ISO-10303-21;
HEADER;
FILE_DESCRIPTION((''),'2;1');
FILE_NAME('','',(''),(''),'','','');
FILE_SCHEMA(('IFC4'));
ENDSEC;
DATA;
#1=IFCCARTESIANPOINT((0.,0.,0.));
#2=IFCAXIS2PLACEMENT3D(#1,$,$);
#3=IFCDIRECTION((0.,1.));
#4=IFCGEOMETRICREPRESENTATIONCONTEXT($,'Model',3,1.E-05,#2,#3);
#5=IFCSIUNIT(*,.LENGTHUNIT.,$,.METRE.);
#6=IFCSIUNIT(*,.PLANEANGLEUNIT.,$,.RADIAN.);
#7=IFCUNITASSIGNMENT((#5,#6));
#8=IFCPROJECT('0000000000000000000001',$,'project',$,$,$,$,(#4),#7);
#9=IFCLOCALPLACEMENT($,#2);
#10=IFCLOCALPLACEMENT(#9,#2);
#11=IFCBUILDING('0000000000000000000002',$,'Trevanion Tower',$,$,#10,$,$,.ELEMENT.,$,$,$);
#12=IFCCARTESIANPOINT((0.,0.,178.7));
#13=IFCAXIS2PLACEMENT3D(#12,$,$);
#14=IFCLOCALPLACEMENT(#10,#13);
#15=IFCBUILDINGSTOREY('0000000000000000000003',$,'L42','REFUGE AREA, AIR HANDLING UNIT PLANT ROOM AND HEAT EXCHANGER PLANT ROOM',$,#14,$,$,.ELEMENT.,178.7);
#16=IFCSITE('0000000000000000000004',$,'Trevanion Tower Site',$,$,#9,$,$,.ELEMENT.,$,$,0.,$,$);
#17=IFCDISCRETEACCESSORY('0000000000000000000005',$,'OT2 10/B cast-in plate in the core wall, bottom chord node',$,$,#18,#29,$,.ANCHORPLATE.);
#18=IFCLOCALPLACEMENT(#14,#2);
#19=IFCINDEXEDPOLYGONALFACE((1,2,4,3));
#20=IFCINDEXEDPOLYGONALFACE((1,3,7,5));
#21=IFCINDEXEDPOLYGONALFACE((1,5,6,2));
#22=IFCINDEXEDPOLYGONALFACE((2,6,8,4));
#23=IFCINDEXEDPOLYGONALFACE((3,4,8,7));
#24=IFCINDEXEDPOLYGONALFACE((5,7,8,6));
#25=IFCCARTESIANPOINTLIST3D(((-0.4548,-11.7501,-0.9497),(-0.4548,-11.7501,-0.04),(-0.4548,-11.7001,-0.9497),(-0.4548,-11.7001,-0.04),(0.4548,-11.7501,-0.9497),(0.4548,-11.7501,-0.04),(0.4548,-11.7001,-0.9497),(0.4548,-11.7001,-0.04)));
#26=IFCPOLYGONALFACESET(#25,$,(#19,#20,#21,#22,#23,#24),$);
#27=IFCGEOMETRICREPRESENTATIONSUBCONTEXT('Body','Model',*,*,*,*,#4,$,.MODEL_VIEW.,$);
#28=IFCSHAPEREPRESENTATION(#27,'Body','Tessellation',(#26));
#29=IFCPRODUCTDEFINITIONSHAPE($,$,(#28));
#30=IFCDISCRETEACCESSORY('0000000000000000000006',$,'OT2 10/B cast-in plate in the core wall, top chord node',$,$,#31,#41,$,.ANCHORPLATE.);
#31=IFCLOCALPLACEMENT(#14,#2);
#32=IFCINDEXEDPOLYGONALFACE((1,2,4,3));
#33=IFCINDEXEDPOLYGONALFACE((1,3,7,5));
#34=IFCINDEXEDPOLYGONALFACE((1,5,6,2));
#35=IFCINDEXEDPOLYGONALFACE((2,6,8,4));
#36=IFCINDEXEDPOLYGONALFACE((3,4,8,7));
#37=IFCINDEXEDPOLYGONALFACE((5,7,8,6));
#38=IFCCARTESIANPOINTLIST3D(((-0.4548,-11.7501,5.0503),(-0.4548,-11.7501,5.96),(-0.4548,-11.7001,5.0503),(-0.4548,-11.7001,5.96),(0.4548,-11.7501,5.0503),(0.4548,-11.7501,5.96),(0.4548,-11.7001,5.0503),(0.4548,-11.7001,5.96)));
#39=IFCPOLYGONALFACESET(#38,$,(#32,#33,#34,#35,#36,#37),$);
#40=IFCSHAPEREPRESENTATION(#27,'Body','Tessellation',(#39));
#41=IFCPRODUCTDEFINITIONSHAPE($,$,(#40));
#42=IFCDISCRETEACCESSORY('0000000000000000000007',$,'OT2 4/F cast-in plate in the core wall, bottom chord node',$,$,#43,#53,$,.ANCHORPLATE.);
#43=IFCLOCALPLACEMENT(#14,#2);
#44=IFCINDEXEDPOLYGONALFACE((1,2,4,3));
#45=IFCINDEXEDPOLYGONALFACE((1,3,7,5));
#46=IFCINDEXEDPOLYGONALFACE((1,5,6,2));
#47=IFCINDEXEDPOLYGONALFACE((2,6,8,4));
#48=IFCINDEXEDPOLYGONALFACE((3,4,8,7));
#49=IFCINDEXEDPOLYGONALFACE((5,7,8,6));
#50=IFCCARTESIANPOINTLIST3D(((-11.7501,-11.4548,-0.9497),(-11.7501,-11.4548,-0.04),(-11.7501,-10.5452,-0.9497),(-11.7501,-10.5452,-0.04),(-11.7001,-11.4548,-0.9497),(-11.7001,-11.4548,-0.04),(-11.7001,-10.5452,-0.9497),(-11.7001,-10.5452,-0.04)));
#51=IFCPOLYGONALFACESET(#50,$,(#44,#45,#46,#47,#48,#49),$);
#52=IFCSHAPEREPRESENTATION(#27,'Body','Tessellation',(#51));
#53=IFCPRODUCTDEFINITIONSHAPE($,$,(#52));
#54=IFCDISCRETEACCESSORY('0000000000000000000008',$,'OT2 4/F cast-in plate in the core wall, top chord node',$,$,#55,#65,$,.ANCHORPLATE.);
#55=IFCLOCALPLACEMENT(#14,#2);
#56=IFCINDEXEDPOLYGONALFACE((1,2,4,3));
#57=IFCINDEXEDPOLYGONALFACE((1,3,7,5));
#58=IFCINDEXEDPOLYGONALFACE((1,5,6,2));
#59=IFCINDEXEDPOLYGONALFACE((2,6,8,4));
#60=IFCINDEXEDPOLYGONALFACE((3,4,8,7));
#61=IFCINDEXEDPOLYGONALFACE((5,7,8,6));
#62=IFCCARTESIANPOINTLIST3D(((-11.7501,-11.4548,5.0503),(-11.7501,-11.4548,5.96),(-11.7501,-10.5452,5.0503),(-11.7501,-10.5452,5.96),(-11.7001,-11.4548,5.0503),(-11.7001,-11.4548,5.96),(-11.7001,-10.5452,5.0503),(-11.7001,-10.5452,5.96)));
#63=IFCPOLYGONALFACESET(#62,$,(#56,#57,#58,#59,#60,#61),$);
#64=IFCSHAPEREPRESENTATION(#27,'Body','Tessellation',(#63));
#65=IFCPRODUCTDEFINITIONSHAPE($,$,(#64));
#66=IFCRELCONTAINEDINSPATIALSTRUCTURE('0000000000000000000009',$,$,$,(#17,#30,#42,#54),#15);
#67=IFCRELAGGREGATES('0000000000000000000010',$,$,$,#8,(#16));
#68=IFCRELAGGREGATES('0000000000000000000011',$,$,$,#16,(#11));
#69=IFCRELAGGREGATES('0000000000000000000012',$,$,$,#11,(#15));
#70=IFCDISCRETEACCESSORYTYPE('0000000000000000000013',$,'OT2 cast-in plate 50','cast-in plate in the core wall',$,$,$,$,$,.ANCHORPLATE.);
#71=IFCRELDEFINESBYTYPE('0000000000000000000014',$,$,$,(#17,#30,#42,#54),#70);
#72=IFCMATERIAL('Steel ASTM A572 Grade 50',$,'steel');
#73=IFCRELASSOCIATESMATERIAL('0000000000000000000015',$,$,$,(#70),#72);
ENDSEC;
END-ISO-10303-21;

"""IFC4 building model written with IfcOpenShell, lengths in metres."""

from ifc_helpers import new_model, si_unit, direction, frame, origin, origin_2d, place, context, subcontext, project, spatial, rectangle, extrude, material, type_object, element, save


model = new_model("IFC4")

# Units and contexts
model_context = context("Model", 3, precision=1e-05, world=origin(), true_north=direction((0.0, 1.0)))
body_context = subcontext(model_context, "Body", "Model", "MODEL_VIEW")
ifc_project = project(units=[si_unit("LENGTHUNIT", "METRE"), si_unit("PLANEANGLEUNIT", "RADIAN")], contexts=[model_context])

# Site, building, storey
site_placement = place(None, origin())
site = spatial("IfcSite", under=ifc_project, at=site_placement, Name="Trevanion Tower Site", CompositionType="ELEMENT", RefElevation=0.0)
building_placement = place(site_placement, origin())
building = spatial("IfcBuilding", under=site, at=building_placement, Name="Trevanion Tower", CompositionType="ELEMENT")
storey_placement = place(building_placement, frame((0.0, 0.0, 178.7)))
storey = spatial("IfcBuildingStorey", under=building, at=storey_placement, Name="L42", Description="REFUGE AREA, AIR HANDLING UNIT PLANT ROOM AND HEAT EXCHANGER PLANT ROOM", CompositionType="ELEMENT", Elevation=178.7)

# Discrete accessories
ifc_material_1 = material(Name="Steel ASTM A572 Grade 50", Category="steel")
discrete_accessory_type = type_object("IfcDiscreteAccessoryType", Name="OT2 cast-in plate 50", Description="cast-in plate in the core wall", PredefinedType="ANCHORPLATE", material=ifc_material_1)
for number, where, z_axis, x_axis, name in (
    (1, (0.0, -11.7251, -0.9497), (0.0, 0.0, 1.0), (0.0, -1.0, 0.0), "OT2 10/B cast-in plate in the core wall, bottom chord node"),
    (2, (0.0, -11.7251, 5.0503), (0.0, 0.0, 1.0), (0.0, -1.0, 0.0), "OT2 10/B cast-in plate in the core wall, top chord node"),
    (3, (-11.7251, -11.0, -0.9497), (0.0, 0.0, 1.0), (-1.0, 0.0, 0.0), "OT2 4/F cast-in plate in the core wall, bottom chord node"),
    (4, (-11.7251, -11.0, 5.0503), (0.0, 0.0, 1.0), (-1.0, 0.0, 0.0), "OT2 4/F cast-in plate in the core wall, top chord node"),
):
    element("IfcDiscreteAccessory", number, at=place(storey_placement, frame(where, z_axis=z_axis, x_axis=x_axis)), inside=storey, type_object=discrete_accessory_type, Name=name, PredefinedType="ANCHORPLATE", context=body_context, shape_type="SweptSolid", body=[
        extrude(rectangle(XDim=0.05, YDim=0.9097, at=origin_2d()), origin(), (0.0, 0.0, 1.0), 0.9097),
    ])

save(model, "model.ifc")
